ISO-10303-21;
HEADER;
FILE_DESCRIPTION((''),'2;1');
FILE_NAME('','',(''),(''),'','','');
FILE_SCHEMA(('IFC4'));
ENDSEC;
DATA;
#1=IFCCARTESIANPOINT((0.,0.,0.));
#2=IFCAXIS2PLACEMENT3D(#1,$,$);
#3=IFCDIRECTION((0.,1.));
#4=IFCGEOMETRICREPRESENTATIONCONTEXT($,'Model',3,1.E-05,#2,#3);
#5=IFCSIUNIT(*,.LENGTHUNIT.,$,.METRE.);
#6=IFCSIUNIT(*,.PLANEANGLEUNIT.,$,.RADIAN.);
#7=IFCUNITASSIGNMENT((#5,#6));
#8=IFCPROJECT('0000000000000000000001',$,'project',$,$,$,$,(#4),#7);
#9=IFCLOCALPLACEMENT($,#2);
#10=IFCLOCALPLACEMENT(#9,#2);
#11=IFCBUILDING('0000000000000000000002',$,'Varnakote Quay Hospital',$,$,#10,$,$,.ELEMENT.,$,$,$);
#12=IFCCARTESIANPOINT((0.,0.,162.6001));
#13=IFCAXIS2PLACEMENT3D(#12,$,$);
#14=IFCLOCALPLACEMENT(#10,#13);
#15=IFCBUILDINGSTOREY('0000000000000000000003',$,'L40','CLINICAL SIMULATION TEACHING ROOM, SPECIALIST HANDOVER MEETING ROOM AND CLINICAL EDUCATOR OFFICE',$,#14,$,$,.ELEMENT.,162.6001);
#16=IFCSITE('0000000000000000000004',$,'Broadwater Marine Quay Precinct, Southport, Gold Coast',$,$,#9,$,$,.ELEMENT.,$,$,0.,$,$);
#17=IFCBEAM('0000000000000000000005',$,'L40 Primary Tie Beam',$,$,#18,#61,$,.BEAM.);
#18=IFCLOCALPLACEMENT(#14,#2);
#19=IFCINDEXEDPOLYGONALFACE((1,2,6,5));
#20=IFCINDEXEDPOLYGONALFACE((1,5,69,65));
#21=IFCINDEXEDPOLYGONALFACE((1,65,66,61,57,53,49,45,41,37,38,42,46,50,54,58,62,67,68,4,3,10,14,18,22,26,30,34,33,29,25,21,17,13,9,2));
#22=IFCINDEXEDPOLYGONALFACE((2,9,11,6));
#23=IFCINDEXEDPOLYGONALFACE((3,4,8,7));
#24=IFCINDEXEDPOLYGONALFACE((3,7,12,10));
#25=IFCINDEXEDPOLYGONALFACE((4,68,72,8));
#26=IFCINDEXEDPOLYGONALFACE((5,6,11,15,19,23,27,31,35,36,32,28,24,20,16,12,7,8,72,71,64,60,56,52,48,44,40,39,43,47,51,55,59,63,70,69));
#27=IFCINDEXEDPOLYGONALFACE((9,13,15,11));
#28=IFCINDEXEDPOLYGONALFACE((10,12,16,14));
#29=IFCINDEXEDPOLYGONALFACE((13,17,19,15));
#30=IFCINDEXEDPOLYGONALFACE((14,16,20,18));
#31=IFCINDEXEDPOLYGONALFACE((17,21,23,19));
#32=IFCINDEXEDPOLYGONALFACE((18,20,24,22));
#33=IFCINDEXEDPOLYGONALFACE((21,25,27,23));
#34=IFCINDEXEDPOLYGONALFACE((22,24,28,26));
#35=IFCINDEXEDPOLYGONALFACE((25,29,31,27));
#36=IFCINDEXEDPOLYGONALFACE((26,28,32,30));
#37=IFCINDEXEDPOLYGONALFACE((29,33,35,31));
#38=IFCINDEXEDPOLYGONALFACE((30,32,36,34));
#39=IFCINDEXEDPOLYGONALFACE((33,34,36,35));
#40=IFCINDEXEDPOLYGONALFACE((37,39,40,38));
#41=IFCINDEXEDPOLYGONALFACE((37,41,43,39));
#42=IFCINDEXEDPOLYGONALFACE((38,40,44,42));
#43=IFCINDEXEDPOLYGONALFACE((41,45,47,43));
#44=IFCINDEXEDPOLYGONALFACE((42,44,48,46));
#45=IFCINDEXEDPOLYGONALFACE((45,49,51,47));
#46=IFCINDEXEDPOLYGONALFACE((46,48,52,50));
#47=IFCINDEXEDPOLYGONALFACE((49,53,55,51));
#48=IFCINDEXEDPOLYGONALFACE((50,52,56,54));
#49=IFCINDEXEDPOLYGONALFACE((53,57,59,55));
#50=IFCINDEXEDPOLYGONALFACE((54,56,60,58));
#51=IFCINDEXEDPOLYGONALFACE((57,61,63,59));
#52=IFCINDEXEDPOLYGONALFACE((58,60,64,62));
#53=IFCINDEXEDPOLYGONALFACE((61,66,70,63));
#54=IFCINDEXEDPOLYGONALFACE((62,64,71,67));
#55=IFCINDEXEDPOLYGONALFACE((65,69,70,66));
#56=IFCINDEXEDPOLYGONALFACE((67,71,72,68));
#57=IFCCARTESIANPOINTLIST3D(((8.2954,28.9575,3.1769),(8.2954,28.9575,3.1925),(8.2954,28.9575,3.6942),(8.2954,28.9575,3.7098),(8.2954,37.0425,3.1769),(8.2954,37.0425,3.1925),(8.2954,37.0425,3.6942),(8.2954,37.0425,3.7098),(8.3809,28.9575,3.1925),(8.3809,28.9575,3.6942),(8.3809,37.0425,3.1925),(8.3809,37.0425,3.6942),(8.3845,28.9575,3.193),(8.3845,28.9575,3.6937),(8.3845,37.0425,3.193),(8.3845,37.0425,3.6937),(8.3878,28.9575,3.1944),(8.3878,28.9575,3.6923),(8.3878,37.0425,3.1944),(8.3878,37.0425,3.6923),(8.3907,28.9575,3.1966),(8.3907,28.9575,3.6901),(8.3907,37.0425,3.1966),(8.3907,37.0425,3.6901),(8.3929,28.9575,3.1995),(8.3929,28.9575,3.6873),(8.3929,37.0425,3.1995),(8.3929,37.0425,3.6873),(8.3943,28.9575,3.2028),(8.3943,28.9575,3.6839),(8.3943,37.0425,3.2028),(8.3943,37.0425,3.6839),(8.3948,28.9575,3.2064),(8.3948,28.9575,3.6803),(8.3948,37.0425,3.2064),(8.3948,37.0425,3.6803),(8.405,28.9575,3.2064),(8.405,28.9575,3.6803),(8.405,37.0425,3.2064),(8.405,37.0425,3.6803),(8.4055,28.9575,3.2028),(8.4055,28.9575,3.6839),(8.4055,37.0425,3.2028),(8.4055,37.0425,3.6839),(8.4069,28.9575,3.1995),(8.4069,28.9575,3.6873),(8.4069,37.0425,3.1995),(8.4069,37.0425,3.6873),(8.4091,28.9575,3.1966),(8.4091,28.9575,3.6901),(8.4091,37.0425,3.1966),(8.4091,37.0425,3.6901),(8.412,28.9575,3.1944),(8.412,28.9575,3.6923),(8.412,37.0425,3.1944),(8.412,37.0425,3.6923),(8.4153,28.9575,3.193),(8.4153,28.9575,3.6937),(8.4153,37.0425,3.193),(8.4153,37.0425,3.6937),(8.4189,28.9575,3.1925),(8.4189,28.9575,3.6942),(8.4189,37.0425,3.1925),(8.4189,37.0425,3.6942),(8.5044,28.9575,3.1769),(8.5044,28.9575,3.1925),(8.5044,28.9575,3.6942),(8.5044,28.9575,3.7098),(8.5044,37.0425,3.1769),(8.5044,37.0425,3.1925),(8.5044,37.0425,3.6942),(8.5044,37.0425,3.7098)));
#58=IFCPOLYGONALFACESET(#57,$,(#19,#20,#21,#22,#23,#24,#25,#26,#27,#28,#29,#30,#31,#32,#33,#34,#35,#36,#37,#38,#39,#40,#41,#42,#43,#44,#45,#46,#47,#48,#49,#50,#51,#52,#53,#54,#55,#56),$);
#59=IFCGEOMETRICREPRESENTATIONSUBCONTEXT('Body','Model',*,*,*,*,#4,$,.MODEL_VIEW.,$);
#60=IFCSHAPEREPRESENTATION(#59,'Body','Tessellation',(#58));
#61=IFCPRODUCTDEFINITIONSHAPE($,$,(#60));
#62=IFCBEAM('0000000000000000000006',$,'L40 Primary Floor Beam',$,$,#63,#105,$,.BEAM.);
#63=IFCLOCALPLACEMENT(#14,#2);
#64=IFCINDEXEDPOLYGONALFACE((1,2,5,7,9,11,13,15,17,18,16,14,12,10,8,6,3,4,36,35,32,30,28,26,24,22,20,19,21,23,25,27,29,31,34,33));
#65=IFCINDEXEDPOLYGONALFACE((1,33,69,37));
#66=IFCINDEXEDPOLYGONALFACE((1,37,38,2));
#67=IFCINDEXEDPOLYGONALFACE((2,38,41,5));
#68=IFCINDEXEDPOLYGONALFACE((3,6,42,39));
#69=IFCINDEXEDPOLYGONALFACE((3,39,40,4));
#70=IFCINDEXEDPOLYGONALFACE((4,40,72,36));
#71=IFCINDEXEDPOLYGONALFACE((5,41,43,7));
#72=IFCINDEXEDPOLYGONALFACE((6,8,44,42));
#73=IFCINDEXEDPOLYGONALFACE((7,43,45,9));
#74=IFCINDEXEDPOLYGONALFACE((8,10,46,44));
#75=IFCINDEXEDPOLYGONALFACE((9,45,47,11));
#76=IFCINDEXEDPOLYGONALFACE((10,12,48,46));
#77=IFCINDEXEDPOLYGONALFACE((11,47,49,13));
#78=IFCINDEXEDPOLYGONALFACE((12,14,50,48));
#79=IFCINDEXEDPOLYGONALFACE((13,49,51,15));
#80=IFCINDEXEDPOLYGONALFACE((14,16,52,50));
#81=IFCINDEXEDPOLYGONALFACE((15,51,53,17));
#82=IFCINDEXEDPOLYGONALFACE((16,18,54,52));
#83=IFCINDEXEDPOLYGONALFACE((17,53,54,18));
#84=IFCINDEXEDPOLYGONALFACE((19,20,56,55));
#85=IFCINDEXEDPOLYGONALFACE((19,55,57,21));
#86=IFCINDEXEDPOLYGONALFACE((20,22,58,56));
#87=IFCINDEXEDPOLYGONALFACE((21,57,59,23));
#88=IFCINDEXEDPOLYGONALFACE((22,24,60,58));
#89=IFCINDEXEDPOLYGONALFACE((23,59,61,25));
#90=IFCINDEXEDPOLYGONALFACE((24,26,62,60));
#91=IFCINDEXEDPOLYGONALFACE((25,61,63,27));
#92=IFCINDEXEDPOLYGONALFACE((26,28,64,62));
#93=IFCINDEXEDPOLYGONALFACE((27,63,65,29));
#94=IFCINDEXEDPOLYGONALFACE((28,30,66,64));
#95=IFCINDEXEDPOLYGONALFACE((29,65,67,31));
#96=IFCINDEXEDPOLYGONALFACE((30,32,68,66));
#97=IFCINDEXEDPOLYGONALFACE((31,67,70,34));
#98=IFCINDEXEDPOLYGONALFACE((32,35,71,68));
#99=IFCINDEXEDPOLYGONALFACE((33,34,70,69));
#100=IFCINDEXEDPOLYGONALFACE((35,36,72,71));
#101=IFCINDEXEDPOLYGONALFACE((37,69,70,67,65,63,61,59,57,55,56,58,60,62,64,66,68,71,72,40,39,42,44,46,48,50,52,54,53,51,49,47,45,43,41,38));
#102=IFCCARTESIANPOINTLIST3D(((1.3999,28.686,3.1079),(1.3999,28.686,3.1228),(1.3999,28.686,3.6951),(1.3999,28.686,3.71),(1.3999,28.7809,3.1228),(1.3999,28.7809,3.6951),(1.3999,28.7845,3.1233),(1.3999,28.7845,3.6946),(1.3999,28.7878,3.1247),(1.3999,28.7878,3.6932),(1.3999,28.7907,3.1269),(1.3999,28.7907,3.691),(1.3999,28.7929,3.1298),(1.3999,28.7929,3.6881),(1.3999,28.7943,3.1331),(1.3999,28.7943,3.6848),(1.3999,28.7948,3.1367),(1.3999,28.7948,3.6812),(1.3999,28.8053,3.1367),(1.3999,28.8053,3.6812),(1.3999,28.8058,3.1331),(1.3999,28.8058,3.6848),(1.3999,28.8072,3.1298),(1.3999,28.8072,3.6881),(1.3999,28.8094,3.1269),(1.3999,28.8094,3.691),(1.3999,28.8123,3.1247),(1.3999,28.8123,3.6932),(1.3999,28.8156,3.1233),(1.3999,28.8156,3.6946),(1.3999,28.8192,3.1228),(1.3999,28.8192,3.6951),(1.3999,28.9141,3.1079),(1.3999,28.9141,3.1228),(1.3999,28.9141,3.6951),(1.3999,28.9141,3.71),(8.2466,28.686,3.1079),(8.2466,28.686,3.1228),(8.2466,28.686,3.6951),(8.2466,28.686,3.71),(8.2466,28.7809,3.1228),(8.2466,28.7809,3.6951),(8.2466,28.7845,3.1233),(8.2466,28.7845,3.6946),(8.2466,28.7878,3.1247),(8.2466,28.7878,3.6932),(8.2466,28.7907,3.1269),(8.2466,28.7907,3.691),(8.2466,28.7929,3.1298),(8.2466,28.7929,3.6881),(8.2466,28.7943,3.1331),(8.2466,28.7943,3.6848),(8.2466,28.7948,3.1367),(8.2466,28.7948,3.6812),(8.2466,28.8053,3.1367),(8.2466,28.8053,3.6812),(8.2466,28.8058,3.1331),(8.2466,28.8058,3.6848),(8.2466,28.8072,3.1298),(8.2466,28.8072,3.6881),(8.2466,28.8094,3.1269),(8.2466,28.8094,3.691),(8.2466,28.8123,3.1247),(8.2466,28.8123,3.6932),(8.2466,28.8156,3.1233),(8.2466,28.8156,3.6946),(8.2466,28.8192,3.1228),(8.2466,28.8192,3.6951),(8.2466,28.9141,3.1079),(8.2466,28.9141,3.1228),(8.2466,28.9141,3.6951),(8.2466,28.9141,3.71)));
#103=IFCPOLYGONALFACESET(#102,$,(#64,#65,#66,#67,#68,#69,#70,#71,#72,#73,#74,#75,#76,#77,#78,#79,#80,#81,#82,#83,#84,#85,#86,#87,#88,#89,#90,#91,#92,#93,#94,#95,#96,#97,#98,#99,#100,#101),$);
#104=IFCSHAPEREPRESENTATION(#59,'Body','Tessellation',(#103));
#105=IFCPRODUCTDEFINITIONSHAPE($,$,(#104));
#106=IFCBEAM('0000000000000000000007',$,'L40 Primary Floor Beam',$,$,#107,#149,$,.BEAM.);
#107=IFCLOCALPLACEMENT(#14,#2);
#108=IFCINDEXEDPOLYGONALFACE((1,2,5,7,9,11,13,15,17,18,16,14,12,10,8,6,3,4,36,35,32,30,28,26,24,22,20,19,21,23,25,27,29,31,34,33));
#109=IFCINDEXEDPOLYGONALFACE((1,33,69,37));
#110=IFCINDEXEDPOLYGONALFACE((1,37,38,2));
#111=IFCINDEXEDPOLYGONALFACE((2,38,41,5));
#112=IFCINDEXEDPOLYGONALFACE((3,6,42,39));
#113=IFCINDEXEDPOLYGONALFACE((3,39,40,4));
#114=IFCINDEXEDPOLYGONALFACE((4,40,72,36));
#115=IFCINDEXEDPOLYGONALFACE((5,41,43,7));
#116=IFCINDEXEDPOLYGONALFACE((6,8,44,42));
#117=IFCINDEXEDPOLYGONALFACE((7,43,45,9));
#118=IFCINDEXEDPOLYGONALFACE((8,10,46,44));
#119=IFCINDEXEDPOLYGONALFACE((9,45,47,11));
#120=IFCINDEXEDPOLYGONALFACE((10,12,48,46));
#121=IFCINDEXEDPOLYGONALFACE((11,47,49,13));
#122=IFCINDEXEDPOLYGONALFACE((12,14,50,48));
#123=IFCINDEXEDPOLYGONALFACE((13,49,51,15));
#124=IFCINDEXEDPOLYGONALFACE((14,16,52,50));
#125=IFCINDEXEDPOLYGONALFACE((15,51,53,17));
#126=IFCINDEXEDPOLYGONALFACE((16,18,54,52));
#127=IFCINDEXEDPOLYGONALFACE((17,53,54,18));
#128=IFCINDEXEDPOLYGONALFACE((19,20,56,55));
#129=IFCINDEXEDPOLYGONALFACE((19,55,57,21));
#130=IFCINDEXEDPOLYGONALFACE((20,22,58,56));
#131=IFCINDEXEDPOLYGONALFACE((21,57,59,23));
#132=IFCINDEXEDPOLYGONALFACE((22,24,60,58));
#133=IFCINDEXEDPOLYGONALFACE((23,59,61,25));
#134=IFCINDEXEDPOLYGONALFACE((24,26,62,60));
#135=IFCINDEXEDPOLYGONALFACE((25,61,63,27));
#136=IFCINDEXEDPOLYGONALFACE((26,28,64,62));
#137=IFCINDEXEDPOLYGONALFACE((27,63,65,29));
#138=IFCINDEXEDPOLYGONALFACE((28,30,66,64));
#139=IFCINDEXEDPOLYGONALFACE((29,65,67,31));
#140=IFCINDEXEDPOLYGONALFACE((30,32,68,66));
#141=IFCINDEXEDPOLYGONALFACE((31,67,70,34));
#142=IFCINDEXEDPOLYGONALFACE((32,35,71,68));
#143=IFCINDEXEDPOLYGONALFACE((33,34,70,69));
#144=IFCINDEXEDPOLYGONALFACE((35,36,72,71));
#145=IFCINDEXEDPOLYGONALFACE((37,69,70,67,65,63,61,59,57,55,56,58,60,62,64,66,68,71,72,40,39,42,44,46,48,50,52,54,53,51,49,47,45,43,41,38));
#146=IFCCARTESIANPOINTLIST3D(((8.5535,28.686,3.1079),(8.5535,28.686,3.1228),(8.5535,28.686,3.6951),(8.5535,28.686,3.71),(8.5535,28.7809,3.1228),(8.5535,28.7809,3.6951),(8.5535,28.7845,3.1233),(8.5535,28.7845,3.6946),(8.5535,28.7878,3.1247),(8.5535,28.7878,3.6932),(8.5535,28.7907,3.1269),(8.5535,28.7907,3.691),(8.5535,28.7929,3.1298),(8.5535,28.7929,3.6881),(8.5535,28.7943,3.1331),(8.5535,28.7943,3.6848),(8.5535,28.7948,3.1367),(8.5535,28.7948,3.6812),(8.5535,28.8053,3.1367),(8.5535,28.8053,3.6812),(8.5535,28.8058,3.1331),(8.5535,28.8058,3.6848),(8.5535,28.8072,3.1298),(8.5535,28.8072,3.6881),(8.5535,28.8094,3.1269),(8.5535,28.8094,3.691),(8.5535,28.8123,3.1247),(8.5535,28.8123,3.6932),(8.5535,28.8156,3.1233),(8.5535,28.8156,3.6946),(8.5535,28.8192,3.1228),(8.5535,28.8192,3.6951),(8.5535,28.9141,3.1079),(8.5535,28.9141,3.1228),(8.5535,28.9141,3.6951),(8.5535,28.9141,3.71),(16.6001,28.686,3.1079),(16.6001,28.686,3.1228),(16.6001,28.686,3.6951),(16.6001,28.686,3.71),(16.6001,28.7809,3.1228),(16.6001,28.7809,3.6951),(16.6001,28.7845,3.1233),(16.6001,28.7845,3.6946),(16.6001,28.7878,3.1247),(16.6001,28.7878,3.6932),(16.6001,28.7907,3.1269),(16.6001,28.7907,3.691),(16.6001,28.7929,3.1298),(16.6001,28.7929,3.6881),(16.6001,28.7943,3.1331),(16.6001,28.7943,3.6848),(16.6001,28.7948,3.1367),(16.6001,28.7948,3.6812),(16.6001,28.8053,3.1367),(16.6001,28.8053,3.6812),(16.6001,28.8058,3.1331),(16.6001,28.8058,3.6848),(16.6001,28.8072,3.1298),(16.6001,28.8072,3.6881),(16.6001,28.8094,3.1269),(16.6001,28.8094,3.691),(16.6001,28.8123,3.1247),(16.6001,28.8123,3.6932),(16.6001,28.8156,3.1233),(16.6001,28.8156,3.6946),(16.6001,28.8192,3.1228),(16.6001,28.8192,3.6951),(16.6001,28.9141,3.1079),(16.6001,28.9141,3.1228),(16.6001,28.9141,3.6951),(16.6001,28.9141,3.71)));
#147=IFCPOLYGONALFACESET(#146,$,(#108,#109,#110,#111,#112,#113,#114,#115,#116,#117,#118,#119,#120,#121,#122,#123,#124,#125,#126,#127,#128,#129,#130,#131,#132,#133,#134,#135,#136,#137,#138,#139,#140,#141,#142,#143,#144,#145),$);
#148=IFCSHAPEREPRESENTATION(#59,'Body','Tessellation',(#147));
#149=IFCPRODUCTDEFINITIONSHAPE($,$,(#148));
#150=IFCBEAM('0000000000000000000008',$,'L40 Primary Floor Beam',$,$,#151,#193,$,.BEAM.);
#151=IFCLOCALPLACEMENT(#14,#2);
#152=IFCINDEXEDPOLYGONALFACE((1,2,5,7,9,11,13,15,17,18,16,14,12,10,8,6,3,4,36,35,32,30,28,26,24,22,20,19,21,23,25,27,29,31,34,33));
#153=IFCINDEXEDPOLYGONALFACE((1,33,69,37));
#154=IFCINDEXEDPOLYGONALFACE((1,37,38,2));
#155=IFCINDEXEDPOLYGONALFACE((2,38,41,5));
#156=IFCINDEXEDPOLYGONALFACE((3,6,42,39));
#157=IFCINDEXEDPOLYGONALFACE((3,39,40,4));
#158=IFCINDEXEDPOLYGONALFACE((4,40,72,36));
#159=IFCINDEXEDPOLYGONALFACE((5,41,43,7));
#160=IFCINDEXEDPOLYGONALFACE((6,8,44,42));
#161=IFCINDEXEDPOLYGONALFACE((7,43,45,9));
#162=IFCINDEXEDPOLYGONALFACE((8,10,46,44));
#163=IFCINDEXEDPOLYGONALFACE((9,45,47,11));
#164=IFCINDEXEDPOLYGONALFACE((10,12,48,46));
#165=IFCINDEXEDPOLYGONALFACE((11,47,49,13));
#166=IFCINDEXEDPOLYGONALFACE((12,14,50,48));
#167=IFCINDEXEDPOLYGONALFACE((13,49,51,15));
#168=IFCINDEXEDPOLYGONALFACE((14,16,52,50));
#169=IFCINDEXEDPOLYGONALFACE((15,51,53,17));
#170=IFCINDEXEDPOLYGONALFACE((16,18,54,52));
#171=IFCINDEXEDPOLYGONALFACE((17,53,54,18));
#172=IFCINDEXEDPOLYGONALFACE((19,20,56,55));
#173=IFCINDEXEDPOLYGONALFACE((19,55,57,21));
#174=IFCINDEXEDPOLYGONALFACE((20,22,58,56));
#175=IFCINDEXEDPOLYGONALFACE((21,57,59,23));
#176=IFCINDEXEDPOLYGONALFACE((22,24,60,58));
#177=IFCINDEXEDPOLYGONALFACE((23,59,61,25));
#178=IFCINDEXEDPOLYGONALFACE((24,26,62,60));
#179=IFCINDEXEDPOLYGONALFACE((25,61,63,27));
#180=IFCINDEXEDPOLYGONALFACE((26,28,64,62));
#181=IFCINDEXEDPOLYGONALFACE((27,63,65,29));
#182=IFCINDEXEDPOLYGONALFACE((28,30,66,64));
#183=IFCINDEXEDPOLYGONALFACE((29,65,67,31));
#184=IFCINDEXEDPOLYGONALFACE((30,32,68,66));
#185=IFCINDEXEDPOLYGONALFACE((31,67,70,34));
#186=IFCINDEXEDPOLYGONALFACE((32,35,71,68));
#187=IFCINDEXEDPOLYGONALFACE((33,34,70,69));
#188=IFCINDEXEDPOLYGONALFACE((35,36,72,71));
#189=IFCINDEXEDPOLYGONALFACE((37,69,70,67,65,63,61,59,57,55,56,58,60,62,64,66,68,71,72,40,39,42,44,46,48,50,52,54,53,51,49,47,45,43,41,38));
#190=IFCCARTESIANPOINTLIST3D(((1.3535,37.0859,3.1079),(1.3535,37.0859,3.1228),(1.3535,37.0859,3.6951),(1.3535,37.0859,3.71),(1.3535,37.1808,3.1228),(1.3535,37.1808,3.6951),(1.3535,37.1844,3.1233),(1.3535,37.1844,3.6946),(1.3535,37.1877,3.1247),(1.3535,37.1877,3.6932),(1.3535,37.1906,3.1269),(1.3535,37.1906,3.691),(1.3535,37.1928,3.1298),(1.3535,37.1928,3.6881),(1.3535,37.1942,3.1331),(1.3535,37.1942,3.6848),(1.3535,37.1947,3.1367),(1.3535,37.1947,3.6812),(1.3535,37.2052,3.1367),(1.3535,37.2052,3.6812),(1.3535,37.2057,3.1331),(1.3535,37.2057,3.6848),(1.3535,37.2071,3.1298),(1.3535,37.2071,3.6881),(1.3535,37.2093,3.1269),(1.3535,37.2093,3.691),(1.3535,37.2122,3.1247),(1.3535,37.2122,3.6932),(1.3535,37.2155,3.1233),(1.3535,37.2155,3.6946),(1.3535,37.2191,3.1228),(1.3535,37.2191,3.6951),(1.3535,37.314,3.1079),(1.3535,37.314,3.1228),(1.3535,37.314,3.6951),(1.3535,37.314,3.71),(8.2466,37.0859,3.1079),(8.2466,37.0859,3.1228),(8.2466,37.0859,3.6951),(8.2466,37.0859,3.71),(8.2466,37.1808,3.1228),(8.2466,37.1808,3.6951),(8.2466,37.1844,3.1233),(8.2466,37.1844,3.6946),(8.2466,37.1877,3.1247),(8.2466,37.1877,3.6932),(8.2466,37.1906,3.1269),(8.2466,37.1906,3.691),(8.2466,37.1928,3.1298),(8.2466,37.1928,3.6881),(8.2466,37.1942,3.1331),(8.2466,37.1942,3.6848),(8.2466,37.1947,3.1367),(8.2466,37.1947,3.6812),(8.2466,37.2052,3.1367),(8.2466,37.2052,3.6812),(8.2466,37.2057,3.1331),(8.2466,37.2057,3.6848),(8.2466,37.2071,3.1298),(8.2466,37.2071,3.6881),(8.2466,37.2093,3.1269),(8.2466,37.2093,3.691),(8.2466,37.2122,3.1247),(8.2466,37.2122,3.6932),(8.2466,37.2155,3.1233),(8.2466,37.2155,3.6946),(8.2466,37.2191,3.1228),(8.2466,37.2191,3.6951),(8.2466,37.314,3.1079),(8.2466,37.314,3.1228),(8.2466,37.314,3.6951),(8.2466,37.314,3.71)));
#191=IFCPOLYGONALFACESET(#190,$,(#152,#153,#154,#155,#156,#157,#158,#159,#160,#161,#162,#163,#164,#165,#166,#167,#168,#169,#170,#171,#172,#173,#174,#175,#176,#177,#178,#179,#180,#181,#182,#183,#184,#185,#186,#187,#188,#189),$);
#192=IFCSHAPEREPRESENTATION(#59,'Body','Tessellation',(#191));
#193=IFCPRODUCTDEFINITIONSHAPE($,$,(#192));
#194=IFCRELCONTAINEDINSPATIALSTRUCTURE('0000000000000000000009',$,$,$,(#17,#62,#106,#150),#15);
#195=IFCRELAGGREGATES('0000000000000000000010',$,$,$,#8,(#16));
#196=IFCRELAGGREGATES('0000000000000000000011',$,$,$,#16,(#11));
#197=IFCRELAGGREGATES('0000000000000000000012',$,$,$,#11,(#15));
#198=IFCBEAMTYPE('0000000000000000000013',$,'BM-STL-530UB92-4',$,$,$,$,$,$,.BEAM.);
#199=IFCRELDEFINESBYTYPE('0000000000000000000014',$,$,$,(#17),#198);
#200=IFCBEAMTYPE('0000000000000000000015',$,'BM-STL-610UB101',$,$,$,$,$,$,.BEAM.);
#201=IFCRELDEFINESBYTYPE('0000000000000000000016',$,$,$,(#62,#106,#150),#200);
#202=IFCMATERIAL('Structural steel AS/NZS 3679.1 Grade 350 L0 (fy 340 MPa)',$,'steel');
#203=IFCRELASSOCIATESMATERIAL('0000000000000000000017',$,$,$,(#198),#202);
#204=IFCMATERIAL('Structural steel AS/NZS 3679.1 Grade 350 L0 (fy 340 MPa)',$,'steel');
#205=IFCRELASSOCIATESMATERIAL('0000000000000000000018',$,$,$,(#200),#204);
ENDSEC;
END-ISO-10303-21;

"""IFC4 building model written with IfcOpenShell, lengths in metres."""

from ifc_helpers import new_model, si_unit, direction, frame, origin, origin_2d, place, context, subcontext, project, spatial, i_section, extrude, material, material_profile, profile_set, type_object, element, save


model = new_model("IFC4")

# Units and contexts
model_context = context("Model", 3, precision=1e-05, world=origin(), true_north=direction((0.0, 1.0)))
body_context = subcontext(model_context, "Body", "Model", "MODEL_VIEW")
ifc_project = project(units=[si_unit("LENGTHUNIT", "METRE"), si_unit("PLANEANGLEUNIT", "RADIAN")], contexts=[model_context])

# Site, building, storey
site_placement = place(None, origin())
site = spatial("IfcSite", under=ifc_project, at=site_placement, Name="Broadwater Marine Quay Precinct, Southport, Gold Coast", CompositionType="ELEMENT", RefElevation=0.0)
building_placement = place(site_placement, origin())
building = spatial("IfcBuilding", under=site, at=building_placement, Name="Varnakote Quay Hospital", CompositionType="ELEMENT")
storey_placement = place(building_placement, frame((0.0, 0.0, 162.6001)))
storey = spatial("IfcBuildingStorey", under=building, at=storey_placement, Name="L40", Description="CLINICAL SIMULATION TEACHING ROOM, SPECIALIST HANDOVER MEETING ROOM AND CLINICAL EDUCATOR OFFICE", CompositionType="ELEMENT", Elevation=162.6001)

# Beams
ifc_material_1 = material(Name="Structural steel AS/NZS 3679.1 Grade 350 L0 (fy 340 MPa)", Category="steel")
ifc_material_profile_1 = material_profile(ifc_material_1, i_section(OverallWidth=0.209, OverallDepth=0.533, WebThickness=0.0103, FlangeThickness=0.0156, FilletRadius=0.0139, at=origin_2d()), Name="530UB92.4")
ifc_profile_set_1 = profile_set([ifc_material_profile_1], Name="Structural steel AS/NZS 3679.1 Grade 350 L0 (fy 340 MPa)")
beam_type_1 = type_object("IfcBeamType", Name="BM-STL-530UB92-4", PredefinedType="BEAM", material=ifc_profile_set_1)
beam_1_placement = place(storey_placement, frame((8.3999, 28.9575, 3.4434), z_axis=(0.0, 1.0, 0.0), x_axis=(-1.0, 0.0, 0.0)))
element("IfcBeam", 1, at=beam_1_placement, inside=storey, type_object=beam_type_1, Name="L40 Primary Tie Beam", PredefinedType="BEAM", context=body_context, shape_type="SweptSolid", body=[
    extrude(i_section(OverallWidth=0.209, OverallDepth=0.533, WebThickness=0.0103, FlangeThickness=0.0156, FilletRadius=0.0139, at=origin_2d()), origin(), (0.0, 0.0, 1.0), 8.085),
])
ifc_material_2 = material(Name="Structural steel AS/NZS 3679.1 Grade 350 L0 (fy 340 MPa)", Category="steel")
ifc_material_profile_2 = material_profile(ifc_material_2, i_section(OverallWidth=0.228, OverallDepth=0.6021, WebThickness=0.0105, FlangeThickness=0.0149, FilletRadius=0.0139, at=origin_2d()), Name="610UB101")
ifc_profile_set_2 = profile_set([ifc_material_profile_2], Name="Structural steel AS/NZS 3679.1 Grade 350 L0 (fy 340 MPa)")
beam_type_2 = type_object("IfcBeamType", Name="BM-STL-610UB101", PredefinedType="BEAM", material=ifc_profile_set_2)
beam_2_placement = place(storey_placement, frame((1.3999, 28.8, 3.4089), z_axis=(1.0, 0.0, 0.0), x_axis=(0.0, 1.0, 0.0)))
element("IfcBeam", 2, at=beam_2_placement, inside=storey, type_object=beam_type_2, Name="L40 Primary Floor Beam", PredefinedType="BEAM", context=body_context, shape_type="SweptSolid", body=[
    extrude(i_section(OverallWidth=0.228, OverallDepth=0.6021, WebThickness=0.0105, FlangeThickness=0.0149, FilletRadius=0.0139, at=origin_2d()), origin(), (0.0, 0.0, 1.0), 6.8467),
])
beam_3_placement = place(storey_placement, frame((8.5535, 28.8, 3.4089), z_axis=(1.0, 0.0, 0.0), x_axis=(0.0, 1.0, 0.0)))
element("IfcBeam", 3, at=beam_3_placement, inside=storey, type_object=beam_type_2, Name="L40 Primary Floor Beam", PredefinedType="BEAM", context=body_context, shape_type="SweptSolid", body=[
    extrude(i_section(OverallWidth=0.228, OverallDepth=0.6021, WebThickness=0.0105, FlangeThickness=0.0149, FilletRadius=0.0139, at=origin_2d()), origin(), (0.0, 0.0, 1.0), 8.0466),
])
beam_4_placement = place(storey_placement, frame((1.3535, 37.2, 3.4089), z_axis=(1.0, 0.0, 0.0), x_axis=(0.0, 1.0, 0.0)))
element("IfcBeam", 4, at=beam_4_placement, inside=storey, type_object=beam_type_2, Name="L40 Primary Floor Beam", PredefinedType="BEAM", context=body_context, shape_type="SweptSolid", body=[
    extrude(i_section(OverallWidth=0.228, OverallDepth=0.6021, WebThickness=0.0105, FlangeThickness=0.0149, FilletRadius=0.0139, at=origin_2d()), origin(), (0.0, 0.0, 1.0), 6.8931),
])

save(model, "model.ifc")
